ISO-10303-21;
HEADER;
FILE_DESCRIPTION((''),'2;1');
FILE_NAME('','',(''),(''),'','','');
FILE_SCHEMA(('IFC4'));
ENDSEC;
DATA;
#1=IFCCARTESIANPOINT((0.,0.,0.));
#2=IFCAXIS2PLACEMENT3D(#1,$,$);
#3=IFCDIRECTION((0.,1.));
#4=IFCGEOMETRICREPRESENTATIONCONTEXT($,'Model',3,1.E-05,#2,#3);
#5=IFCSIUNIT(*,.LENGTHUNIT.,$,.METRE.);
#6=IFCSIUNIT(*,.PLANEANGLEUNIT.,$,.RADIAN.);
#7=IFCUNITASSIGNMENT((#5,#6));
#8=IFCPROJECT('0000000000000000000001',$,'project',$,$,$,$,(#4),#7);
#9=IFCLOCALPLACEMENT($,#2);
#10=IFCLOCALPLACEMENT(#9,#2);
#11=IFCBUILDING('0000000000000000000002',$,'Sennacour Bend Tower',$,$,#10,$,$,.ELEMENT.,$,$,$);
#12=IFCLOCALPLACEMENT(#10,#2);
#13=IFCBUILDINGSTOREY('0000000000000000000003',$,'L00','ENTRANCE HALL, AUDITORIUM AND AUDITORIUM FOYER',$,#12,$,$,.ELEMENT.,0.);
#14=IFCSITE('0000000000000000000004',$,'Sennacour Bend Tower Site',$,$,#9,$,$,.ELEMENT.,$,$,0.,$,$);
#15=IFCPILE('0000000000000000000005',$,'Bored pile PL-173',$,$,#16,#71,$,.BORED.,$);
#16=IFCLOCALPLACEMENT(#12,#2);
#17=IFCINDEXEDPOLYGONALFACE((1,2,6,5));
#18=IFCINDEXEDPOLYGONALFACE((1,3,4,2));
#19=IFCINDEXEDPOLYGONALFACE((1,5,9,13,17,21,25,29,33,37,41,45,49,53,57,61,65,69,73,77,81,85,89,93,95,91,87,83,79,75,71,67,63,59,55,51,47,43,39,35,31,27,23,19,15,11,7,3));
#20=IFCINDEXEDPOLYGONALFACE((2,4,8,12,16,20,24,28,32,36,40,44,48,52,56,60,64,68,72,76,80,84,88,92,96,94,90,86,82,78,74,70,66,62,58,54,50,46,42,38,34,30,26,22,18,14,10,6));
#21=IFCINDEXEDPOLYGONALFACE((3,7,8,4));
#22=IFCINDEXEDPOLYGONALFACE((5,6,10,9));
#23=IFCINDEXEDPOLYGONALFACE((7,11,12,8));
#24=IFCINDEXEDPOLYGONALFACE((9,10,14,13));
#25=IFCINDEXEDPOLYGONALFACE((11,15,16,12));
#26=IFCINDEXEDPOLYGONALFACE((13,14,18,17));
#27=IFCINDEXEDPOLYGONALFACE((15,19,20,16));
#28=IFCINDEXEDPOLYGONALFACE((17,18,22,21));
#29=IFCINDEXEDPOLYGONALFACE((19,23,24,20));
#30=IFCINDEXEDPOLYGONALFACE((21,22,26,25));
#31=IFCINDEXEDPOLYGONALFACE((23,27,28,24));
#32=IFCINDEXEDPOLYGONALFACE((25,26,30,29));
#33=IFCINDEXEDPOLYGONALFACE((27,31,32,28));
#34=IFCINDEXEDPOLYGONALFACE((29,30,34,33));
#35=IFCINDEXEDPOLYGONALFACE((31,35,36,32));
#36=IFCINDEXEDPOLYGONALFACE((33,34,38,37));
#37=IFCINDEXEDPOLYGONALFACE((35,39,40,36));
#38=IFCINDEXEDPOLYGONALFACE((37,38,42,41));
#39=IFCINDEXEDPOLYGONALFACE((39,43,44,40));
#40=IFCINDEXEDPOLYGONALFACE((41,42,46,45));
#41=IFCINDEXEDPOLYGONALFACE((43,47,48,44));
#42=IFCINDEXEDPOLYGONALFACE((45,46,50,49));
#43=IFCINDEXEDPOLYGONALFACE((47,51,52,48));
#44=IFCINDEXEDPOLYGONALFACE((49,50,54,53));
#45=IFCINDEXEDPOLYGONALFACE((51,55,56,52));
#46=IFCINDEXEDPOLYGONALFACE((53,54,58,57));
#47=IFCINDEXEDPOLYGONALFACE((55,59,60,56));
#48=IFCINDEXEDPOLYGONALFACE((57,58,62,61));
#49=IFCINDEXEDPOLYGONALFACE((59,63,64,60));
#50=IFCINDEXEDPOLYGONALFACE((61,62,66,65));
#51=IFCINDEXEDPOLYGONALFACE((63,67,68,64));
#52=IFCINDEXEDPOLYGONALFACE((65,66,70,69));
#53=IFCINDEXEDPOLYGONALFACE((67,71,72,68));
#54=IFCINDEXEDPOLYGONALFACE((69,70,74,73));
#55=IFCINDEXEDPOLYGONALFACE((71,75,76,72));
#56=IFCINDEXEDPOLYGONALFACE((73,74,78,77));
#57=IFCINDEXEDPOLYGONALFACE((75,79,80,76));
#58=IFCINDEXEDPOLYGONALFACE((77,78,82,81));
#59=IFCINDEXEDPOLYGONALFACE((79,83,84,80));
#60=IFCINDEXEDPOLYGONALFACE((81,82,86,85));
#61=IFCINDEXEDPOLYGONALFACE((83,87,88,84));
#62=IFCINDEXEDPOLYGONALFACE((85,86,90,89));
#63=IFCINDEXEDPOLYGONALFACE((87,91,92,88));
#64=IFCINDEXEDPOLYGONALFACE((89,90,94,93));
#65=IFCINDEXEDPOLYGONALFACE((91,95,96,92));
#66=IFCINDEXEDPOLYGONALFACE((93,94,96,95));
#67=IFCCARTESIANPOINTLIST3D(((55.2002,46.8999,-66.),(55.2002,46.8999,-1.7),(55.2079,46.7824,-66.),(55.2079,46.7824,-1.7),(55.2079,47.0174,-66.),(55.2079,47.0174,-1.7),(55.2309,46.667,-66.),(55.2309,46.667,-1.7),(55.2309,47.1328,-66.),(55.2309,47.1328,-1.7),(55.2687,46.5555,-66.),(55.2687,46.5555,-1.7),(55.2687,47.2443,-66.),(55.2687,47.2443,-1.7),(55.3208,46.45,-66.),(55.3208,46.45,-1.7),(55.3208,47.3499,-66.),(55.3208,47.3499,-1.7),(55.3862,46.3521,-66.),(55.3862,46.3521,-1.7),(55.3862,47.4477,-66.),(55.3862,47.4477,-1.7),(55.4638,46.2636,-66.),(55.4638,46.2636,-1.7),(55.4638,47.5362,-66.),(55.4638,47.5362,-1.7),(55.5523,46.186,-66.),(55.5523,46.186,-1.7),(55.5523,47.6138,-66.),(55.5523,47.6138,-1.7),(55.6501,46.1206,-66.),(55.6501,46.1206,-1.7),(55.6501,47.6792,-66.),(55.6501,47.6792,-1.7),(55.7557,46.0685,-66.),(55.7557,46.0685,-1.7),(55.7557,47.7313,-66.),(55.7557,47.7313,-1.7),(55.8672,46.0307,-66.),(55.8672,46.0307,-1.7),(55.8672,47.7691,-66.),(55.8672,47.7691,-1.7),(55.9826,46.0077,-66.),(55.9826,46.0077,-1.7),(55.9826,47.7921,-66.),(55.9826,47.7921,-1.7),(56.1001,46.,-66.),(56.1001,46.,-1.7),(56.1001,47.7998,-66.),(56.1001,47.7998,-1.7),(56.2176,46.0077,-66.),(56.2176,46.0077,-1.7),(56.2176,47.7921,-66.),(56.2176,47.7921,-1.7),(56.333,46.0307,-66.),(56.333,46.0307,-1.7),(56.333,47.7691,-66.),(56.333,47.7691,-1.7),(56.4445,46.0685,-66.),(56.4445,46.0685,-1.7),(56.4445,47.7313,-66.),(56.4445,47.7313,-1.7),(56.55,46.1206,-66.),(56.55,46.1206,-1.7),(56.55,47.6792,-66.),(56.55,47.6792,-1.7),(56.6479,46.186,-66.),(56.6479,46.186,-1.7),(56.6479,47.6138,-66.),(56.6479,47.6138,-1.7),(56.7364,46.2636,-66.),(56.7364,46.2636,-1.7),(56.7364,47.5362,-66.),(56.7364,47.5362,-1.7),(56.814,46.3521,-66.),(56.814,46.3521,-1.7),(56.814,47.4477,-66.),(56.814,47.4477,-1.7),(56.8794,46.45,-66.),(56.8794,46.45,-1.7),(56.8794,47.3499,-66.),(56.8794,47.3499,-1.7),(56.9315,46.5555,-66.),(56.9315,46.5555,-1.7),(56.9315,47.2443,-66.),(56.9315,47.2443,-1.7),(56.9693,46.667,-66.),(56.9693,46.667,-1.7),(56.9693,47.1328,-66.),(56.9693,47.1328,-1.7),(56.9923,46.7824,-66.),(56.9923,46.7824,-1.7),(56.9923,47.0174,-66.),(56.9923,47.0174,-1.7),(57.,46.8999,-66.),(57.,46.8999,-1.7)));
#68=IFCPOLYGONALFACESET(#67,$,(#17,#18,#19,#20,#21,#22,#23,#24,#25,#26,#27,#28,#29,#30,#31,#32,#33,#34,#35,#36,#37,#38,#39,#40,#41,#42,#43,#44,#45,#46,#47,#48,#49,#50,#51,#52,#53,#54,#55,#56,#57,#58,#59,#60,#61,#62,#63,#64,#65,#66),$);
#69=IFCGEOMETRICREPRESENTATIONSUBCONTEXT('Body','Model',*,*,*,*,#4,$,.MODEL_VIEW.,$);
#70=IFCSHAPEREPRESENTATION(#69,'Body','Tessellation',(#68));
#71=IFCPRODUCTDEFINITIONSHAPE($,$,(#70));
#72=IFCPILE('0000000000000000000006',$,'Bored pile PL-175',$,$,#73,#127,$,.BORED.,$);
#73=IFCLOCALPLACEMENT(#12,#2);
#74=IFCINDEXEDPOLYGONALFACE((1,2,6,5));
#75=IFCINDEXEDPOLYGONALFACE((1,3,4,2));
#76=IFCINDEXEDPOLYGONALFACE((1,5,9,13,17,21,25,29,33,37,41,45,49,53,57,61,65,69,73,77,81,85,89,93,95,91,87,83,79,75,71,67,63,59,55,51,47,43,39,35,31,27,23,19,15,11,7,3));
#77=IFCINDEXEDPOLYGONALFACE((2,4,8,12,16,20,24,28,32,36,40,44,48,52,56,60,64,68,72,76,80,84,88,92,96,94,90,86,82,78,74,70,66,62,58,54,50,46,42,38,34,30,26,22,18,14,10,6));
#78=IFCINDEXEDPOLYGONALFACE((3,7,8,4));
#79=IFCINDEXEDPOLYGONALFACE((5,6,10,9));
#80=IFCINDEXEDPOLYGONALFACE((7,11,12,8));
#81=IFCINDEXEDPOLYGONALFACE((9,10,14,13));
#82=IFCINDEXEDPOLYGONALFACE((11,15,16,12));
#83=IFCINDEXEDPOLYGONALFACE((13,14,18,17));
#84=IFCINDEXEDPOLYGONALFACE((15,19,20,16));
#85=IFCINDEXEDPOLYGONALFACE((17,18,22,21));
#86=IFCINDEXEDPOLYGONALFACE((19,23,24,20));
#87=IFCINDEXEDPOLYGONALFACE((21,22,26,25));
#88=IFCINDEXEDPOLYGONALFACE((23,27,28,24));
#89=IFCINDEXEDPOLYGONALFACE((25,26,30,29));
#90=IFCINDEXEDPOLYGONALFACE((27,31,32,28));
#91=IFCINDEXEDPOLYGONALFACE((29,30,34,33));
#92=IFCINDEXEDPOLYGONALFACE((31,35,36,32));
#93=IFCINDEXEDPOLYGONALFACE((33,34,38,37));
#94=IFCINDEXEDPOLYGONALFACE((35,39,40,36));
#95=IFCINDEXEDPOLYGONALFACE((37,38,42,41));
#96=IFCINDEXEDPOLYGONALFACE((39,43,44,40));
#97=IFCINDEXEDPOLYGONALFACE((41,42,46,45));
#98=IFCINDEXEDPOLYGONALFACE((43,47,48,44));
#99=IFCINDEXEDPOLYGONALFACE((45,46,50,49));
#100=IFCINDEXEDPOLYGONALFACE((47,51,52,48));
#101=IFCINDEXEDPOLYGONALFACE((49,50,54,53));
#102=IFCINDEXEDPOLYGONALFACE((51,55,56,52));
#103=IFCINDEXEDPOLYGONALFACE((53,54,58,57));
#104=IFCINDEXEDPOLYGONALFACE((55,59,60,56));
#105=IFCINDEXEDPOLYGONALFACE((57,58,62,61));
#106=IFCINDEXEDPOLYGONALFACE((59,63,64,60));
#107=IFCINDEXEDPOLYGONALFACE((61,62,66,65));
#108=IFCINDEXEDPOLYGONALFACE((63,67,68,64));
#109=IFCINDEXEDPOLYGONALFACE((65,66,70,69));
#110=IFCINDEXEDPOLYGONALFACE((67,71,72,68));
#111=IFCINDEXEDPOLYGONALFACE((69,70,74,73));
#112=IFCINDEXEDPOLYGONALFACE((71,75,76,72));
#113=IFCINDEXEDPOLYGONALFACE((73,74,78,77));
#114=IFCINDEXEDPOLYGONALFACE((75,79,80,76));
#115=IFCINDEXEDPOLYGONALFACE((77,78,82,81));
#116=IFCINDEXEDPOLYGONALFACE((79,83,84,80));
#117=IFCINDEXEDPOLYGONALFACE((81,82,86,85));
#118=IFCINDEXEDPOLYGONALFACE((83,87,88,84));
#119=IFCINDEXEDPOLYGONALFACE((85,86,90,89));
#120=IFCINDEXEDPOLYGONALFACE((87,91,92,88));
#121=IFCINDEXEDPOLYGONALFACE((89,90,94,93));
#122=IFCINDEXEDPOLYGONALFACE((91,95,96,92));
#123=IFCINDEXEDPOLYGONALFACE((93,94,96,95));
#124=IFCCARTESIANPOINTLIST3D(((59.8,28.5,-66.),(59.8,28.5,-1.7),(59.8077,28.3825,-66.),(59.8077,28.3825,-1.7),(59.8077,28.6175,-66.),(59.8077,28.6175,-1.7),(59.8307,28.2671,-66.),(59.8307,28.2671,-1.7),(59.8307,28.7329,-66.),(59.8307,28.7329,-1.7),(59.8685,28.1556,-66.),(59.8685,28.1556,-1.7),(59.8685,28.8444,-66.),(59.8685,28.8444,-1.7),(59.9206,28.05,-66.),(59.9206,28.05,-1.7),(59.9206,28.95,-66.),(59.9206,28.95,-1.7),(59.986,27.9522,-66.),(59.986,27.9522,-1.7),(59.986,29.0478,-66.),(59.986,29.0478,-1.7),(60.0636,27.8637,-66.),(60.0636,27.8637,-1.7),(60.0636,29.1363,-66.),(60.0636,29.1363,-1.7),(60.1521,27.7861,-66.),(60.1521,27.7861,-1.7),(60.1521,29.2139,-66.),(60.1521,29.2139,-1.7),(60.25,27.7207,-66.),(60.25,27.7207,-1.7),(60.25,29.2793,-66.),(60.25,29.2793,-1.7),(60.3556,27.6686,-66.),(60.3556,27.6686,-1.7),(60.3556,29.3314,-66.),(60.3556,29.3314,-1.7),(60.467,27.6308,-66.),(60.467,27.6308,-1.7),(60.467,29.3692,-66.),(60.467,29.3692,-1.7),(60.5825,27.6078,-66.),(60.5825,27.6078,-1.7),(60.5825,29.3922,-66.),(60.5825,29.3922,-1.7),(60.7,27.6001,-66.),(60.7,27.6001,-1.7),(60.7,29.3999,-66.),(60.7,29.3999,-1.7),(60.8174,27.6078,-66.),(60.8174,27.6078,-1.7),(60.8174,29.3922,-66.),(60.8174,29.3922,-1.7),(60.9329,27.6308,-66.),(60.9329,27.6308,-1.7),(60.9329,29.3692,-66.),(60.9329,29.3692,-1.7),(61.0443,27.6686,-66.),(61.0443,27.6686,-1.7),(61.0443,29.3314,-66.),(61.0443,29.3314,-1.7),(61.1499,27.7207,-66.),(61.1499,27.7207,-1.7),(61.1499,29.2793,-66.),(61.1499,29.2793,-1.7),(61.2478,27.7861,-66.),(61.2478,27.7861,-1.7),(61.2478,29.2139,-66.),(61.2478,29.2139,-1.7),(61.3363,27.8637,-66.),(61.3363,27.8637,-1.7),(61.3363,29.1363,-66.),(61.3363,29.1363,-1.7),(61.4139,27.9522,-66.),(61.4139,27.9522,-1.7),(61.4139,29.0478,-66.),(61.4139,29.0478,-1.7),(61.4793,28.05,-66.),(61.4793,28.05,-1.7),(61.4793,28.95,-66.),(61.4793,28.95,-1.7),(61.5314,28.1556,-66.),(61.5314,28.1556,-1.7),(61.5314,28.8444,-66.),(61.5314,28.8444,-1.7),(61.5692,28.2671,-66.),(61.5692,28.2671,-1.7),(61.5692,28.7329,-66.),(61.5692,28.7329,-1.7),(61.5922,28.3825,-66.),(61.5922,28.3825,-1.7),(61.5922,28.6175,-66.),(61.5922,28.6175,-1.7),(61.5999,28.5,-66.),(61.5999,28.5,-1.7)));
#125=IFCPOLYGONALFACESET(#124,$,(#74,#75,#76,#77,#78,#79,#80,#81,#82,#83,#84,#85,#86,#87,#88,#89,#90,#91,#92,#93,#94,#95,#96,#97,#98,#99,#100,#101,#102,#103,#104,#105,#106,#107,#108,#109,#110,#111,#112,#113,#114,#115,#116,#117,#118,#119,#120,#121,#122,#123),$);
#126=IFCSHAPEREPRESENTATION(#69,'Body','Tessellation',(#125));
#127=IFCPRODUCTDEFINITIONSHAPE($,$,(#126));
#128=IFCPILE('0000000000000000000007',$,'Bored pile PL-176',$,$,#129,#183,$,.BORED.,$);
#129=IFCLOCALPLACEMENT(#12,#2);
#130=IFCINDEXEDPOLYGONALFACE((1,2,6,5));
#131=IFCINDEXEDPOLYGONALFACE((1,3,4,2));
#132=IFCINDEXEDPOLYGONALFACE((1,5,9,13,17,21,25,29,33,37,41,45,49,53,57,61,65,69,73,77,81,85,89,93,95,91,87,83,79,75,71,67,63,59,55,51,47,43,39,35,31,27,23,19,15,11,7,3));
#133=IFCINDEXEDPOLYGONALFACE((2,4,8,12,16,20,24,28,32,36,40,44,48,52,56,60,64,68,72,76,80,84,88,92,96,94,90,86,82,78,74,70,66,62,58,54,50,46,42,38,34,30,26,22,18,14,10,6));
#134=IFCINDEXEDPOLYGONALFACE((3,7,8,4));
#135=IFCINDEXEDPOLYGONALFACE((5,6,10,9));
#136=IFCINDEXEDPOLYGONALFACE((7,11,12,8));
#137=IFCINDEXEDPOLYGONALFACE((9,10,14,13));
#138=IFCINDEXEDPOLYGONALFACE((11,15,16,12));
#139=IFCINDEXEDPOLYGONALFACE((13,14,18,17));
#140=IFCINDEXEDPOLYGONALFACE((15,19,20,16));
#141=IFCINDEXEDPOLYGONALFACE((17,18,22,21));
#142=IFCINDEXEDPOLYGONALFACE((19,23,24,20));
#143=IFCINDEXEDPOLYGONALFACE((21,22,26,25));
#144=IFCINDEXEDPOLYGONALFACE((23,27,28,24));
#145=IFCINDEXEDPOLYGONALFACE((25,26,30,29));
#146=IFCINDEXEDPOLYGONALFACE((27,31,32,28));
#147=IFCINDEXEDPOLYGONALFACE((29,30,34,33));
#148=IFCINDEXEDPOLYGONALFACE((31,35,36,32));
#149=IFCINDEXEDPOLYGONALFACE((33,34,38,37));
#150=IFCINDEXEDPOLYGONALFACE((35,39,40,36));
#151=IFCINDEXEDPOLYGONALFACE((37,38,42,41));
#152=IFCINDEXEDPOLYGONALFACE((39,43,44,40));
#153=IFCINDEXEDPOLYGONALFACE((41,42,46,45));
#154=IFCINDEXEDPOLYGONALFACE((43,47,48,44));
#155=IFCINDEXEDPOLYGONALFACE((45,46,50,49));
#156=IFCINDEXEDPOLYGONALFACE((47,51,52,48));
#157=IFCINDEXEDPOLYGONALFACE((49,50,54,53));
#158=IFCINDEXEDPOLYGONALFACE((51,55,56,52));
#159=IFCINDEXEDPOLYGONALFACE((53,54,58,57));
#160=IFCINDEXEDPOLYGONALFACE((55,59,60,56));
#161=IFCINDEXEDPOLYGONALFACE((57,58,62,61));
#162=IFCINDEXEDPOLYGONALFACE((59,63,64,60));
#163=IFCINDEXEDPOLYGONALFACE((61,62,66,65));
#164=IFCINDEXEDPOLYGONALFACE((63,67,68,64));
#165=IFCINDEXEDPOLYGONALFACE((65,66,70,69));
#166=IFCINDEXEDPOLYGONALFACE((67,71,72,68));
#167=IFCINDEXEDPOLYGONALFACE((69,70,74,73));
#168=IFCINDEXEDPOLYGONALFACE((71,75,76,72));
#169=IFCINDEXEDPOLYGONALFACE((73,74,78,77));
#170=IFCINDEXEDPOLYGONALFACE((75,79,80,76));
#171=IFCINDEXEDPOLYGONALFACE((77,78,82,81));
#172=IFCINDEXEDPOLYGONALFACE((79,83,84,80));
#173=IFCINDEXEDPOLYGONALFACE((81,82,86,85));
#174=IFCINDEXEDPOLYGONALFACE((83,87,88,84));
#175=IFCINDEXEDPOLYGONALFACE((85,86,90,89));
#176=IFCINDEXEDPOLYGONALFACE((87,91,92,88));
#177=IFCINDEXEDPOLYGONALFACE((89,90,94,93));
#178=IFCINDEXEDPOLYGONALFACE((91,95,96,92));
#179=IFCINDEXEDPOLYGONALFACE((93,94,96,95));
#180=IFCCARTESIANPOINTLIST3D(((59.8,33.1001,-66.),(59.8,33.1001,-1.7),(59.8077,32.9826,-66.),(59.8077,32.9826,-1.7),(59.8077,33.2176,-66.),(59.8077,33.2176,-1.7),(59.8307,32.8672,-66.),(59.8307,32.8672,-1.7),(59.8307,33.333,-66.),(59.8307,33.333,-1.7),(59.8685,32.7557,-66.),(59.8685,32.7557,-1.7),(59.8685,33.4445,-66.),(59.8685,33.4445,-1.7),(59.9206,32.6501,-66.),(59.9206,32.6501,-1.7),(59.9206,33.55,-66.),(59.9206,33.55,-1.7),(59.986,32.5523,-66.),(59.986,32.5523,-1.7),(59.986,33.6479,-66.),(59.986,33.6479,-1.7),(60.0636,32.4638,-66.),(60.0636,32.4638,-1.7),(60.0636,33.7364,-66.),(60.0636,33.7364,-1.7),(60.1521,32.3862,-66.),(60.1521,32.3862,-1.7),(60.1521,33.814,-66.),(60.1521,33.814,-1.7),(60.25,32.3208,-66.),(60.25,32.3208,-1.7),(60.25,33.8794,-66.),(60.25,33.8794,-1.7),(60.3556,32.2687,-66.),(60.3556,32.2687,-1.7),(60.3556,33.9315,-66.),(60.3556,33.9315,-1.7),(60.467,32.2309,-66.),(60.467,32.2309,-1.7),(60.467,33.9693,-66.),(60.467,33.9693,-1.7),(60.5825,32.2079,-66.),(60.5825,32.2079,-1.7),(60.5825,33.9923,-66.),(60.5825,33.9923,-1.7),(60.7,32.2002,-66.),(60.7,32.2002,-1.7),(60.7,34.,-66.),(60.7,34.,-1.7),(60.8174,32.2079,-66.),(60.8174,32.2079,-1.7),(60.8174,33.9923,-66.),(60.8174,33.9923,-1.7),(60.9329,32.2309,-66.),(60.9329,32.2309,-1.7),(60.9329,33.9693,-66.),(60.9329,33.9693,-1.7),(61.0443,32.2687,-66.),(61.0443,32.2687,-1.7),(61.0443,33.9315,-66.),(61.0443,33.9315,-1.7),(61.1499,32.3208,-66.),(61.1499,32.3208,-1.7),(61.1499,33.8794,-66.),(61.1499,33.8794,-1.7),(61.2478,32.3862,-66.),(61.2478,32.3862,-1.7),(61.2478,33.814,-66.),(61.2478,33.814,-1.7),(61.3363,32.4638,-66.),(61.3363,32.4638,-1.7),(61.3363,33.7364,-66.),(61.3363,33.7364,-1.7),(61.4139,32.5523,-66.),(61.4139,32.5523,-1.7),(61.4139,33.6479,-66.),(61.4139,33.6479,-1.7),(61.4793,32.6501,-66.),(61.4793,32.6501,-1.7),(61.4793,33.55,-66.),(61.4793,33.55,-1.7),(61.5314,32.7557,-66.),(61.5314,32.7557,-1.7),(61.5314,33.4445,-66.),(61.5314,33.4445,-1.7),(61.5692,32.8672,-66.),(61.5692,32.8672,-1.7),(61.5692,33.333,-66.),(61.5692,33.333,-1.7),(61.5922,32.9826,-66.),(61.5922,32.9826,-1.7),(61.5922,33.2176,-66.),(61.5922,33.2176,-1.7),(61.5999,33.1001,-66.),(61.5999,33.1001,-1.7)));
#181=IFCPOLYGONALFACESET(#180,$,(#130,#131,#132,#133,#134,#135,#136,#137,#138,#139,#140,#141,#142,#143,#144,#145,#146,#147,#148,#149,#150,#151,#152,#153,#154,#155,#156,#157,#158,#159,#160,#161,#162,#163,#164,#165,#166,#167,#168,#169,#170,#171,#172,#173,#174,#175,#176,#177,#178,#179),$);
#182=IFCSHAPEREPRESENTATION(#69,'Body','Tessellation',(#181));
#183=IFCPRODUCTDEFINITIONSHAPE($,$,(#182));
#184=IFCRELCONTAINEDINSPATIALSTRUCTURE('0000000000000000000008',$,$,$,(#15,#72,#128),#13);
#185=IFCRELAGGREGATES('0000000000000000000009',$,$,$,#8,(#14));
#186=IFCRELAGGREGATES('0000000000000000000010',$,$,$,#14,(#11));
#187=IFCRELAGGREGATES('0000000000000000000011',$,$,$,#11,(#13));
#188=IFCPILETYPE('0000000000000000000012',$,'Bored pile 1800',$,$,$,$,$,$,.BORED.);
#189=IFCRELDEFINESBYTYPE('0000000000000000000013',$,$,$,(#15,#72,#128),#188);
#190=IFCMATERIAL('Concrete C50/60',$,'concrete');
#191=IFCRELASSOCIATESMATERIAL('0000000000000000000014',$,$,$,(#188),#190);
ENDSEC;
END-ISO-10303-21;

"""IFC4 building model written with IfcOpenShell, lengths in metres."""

from ifc_helpers import new_model, si_unit, direction, frame, origin, origin_2d, place, context, subcontext, project, spatial, circle, extrude, material, material_profile, profile_set, type_object, element, save


model = new_model("IFC4")

# Units and contexts
model_context = context("Model", 3, precision=1e-05, world=origin(), true_north=direction((0.0, 1.0)))
body_context = subcontext(model_context, "Body", "Model", "MODEL_VIEW")
ifc_project = project(units=[si_unit("LENGTHUNIT", "METRE"), si_unit("PLANEANGLEUNIT", "RADIAN")], contexts=[model_context])

# Site, building, storey
site_placement = place(None, origin())
site = spatial("IfcSite", under=ifc_project, at=site_placement, Name="Sennacour Bend Tower Site", CompositionType="ELEMENT", RefElevation=0.0)
building_placement = place(site_placement, origin())
building = spatial("IfcBuilding", under=site, at=building_placement, Name="Sennacour Bend Tower", CompositionType="ELEMENT")
storey_placement = place(building_placement, origin())
storey = spatial("IfcBuildingStorey", under=building, at=storey_placement, Name="L00", Description="ENTRANCE HALL, AUDITORIUM AND AUDITORIUM FOYER", CompositionType="ELEMENT", Elevation=0.0)

# Piles
ifc_material_1 = material(Name="Concrete C50/60", Category="concrete")
ifc_material_profile_1 = material_profile(ifc_material_1, circle(Radius=0.8999, at=origin_2d()), Name="Concrete C50/60", Category="concrete")
ifc_profile_set_1 = profile_set([ifc_material_profile_1], Name="Concrete C50/60")
pile_type = type_object("IfcPileType", Name="Bored pile 1800", PredefinedType="BORED", material=ifc_profile_set_1)
for number, where, z_axis, x_axis, name in (
    (1, (56.1001, 46.8999, -1.7), (0.0, 0.0, -1.0), (1.0, 0.0, 0.0), "Bored pile PL-173"),
    (2, (60.7, 28.5, -1.7), (0.0, 0.0, -1.0), (1.0, 0.0, 0.0), "Bored pile PL-175"),
    (3, (60.7, 33.1001, -1.7), (0.0, 0.0, -1.0), (1.0, 0.0, 0.0), "Bored pile PL-176"),
):
    element("IfcPile", number, at=place(storey_placement, frame(where, z_axis=z_axis, x_axis=x_axis)), inside=storey, type_object=pile_type, Name=name, PredefinedType="BORED", context=body_context, shape_type="SweptSolid", body=[
        extrude(circle(Radius=0.8999, at=origin_2d()), origin(), (0.0, 0.0, 1.0), 64.3),
    ])

save(model, "model.ifc")
